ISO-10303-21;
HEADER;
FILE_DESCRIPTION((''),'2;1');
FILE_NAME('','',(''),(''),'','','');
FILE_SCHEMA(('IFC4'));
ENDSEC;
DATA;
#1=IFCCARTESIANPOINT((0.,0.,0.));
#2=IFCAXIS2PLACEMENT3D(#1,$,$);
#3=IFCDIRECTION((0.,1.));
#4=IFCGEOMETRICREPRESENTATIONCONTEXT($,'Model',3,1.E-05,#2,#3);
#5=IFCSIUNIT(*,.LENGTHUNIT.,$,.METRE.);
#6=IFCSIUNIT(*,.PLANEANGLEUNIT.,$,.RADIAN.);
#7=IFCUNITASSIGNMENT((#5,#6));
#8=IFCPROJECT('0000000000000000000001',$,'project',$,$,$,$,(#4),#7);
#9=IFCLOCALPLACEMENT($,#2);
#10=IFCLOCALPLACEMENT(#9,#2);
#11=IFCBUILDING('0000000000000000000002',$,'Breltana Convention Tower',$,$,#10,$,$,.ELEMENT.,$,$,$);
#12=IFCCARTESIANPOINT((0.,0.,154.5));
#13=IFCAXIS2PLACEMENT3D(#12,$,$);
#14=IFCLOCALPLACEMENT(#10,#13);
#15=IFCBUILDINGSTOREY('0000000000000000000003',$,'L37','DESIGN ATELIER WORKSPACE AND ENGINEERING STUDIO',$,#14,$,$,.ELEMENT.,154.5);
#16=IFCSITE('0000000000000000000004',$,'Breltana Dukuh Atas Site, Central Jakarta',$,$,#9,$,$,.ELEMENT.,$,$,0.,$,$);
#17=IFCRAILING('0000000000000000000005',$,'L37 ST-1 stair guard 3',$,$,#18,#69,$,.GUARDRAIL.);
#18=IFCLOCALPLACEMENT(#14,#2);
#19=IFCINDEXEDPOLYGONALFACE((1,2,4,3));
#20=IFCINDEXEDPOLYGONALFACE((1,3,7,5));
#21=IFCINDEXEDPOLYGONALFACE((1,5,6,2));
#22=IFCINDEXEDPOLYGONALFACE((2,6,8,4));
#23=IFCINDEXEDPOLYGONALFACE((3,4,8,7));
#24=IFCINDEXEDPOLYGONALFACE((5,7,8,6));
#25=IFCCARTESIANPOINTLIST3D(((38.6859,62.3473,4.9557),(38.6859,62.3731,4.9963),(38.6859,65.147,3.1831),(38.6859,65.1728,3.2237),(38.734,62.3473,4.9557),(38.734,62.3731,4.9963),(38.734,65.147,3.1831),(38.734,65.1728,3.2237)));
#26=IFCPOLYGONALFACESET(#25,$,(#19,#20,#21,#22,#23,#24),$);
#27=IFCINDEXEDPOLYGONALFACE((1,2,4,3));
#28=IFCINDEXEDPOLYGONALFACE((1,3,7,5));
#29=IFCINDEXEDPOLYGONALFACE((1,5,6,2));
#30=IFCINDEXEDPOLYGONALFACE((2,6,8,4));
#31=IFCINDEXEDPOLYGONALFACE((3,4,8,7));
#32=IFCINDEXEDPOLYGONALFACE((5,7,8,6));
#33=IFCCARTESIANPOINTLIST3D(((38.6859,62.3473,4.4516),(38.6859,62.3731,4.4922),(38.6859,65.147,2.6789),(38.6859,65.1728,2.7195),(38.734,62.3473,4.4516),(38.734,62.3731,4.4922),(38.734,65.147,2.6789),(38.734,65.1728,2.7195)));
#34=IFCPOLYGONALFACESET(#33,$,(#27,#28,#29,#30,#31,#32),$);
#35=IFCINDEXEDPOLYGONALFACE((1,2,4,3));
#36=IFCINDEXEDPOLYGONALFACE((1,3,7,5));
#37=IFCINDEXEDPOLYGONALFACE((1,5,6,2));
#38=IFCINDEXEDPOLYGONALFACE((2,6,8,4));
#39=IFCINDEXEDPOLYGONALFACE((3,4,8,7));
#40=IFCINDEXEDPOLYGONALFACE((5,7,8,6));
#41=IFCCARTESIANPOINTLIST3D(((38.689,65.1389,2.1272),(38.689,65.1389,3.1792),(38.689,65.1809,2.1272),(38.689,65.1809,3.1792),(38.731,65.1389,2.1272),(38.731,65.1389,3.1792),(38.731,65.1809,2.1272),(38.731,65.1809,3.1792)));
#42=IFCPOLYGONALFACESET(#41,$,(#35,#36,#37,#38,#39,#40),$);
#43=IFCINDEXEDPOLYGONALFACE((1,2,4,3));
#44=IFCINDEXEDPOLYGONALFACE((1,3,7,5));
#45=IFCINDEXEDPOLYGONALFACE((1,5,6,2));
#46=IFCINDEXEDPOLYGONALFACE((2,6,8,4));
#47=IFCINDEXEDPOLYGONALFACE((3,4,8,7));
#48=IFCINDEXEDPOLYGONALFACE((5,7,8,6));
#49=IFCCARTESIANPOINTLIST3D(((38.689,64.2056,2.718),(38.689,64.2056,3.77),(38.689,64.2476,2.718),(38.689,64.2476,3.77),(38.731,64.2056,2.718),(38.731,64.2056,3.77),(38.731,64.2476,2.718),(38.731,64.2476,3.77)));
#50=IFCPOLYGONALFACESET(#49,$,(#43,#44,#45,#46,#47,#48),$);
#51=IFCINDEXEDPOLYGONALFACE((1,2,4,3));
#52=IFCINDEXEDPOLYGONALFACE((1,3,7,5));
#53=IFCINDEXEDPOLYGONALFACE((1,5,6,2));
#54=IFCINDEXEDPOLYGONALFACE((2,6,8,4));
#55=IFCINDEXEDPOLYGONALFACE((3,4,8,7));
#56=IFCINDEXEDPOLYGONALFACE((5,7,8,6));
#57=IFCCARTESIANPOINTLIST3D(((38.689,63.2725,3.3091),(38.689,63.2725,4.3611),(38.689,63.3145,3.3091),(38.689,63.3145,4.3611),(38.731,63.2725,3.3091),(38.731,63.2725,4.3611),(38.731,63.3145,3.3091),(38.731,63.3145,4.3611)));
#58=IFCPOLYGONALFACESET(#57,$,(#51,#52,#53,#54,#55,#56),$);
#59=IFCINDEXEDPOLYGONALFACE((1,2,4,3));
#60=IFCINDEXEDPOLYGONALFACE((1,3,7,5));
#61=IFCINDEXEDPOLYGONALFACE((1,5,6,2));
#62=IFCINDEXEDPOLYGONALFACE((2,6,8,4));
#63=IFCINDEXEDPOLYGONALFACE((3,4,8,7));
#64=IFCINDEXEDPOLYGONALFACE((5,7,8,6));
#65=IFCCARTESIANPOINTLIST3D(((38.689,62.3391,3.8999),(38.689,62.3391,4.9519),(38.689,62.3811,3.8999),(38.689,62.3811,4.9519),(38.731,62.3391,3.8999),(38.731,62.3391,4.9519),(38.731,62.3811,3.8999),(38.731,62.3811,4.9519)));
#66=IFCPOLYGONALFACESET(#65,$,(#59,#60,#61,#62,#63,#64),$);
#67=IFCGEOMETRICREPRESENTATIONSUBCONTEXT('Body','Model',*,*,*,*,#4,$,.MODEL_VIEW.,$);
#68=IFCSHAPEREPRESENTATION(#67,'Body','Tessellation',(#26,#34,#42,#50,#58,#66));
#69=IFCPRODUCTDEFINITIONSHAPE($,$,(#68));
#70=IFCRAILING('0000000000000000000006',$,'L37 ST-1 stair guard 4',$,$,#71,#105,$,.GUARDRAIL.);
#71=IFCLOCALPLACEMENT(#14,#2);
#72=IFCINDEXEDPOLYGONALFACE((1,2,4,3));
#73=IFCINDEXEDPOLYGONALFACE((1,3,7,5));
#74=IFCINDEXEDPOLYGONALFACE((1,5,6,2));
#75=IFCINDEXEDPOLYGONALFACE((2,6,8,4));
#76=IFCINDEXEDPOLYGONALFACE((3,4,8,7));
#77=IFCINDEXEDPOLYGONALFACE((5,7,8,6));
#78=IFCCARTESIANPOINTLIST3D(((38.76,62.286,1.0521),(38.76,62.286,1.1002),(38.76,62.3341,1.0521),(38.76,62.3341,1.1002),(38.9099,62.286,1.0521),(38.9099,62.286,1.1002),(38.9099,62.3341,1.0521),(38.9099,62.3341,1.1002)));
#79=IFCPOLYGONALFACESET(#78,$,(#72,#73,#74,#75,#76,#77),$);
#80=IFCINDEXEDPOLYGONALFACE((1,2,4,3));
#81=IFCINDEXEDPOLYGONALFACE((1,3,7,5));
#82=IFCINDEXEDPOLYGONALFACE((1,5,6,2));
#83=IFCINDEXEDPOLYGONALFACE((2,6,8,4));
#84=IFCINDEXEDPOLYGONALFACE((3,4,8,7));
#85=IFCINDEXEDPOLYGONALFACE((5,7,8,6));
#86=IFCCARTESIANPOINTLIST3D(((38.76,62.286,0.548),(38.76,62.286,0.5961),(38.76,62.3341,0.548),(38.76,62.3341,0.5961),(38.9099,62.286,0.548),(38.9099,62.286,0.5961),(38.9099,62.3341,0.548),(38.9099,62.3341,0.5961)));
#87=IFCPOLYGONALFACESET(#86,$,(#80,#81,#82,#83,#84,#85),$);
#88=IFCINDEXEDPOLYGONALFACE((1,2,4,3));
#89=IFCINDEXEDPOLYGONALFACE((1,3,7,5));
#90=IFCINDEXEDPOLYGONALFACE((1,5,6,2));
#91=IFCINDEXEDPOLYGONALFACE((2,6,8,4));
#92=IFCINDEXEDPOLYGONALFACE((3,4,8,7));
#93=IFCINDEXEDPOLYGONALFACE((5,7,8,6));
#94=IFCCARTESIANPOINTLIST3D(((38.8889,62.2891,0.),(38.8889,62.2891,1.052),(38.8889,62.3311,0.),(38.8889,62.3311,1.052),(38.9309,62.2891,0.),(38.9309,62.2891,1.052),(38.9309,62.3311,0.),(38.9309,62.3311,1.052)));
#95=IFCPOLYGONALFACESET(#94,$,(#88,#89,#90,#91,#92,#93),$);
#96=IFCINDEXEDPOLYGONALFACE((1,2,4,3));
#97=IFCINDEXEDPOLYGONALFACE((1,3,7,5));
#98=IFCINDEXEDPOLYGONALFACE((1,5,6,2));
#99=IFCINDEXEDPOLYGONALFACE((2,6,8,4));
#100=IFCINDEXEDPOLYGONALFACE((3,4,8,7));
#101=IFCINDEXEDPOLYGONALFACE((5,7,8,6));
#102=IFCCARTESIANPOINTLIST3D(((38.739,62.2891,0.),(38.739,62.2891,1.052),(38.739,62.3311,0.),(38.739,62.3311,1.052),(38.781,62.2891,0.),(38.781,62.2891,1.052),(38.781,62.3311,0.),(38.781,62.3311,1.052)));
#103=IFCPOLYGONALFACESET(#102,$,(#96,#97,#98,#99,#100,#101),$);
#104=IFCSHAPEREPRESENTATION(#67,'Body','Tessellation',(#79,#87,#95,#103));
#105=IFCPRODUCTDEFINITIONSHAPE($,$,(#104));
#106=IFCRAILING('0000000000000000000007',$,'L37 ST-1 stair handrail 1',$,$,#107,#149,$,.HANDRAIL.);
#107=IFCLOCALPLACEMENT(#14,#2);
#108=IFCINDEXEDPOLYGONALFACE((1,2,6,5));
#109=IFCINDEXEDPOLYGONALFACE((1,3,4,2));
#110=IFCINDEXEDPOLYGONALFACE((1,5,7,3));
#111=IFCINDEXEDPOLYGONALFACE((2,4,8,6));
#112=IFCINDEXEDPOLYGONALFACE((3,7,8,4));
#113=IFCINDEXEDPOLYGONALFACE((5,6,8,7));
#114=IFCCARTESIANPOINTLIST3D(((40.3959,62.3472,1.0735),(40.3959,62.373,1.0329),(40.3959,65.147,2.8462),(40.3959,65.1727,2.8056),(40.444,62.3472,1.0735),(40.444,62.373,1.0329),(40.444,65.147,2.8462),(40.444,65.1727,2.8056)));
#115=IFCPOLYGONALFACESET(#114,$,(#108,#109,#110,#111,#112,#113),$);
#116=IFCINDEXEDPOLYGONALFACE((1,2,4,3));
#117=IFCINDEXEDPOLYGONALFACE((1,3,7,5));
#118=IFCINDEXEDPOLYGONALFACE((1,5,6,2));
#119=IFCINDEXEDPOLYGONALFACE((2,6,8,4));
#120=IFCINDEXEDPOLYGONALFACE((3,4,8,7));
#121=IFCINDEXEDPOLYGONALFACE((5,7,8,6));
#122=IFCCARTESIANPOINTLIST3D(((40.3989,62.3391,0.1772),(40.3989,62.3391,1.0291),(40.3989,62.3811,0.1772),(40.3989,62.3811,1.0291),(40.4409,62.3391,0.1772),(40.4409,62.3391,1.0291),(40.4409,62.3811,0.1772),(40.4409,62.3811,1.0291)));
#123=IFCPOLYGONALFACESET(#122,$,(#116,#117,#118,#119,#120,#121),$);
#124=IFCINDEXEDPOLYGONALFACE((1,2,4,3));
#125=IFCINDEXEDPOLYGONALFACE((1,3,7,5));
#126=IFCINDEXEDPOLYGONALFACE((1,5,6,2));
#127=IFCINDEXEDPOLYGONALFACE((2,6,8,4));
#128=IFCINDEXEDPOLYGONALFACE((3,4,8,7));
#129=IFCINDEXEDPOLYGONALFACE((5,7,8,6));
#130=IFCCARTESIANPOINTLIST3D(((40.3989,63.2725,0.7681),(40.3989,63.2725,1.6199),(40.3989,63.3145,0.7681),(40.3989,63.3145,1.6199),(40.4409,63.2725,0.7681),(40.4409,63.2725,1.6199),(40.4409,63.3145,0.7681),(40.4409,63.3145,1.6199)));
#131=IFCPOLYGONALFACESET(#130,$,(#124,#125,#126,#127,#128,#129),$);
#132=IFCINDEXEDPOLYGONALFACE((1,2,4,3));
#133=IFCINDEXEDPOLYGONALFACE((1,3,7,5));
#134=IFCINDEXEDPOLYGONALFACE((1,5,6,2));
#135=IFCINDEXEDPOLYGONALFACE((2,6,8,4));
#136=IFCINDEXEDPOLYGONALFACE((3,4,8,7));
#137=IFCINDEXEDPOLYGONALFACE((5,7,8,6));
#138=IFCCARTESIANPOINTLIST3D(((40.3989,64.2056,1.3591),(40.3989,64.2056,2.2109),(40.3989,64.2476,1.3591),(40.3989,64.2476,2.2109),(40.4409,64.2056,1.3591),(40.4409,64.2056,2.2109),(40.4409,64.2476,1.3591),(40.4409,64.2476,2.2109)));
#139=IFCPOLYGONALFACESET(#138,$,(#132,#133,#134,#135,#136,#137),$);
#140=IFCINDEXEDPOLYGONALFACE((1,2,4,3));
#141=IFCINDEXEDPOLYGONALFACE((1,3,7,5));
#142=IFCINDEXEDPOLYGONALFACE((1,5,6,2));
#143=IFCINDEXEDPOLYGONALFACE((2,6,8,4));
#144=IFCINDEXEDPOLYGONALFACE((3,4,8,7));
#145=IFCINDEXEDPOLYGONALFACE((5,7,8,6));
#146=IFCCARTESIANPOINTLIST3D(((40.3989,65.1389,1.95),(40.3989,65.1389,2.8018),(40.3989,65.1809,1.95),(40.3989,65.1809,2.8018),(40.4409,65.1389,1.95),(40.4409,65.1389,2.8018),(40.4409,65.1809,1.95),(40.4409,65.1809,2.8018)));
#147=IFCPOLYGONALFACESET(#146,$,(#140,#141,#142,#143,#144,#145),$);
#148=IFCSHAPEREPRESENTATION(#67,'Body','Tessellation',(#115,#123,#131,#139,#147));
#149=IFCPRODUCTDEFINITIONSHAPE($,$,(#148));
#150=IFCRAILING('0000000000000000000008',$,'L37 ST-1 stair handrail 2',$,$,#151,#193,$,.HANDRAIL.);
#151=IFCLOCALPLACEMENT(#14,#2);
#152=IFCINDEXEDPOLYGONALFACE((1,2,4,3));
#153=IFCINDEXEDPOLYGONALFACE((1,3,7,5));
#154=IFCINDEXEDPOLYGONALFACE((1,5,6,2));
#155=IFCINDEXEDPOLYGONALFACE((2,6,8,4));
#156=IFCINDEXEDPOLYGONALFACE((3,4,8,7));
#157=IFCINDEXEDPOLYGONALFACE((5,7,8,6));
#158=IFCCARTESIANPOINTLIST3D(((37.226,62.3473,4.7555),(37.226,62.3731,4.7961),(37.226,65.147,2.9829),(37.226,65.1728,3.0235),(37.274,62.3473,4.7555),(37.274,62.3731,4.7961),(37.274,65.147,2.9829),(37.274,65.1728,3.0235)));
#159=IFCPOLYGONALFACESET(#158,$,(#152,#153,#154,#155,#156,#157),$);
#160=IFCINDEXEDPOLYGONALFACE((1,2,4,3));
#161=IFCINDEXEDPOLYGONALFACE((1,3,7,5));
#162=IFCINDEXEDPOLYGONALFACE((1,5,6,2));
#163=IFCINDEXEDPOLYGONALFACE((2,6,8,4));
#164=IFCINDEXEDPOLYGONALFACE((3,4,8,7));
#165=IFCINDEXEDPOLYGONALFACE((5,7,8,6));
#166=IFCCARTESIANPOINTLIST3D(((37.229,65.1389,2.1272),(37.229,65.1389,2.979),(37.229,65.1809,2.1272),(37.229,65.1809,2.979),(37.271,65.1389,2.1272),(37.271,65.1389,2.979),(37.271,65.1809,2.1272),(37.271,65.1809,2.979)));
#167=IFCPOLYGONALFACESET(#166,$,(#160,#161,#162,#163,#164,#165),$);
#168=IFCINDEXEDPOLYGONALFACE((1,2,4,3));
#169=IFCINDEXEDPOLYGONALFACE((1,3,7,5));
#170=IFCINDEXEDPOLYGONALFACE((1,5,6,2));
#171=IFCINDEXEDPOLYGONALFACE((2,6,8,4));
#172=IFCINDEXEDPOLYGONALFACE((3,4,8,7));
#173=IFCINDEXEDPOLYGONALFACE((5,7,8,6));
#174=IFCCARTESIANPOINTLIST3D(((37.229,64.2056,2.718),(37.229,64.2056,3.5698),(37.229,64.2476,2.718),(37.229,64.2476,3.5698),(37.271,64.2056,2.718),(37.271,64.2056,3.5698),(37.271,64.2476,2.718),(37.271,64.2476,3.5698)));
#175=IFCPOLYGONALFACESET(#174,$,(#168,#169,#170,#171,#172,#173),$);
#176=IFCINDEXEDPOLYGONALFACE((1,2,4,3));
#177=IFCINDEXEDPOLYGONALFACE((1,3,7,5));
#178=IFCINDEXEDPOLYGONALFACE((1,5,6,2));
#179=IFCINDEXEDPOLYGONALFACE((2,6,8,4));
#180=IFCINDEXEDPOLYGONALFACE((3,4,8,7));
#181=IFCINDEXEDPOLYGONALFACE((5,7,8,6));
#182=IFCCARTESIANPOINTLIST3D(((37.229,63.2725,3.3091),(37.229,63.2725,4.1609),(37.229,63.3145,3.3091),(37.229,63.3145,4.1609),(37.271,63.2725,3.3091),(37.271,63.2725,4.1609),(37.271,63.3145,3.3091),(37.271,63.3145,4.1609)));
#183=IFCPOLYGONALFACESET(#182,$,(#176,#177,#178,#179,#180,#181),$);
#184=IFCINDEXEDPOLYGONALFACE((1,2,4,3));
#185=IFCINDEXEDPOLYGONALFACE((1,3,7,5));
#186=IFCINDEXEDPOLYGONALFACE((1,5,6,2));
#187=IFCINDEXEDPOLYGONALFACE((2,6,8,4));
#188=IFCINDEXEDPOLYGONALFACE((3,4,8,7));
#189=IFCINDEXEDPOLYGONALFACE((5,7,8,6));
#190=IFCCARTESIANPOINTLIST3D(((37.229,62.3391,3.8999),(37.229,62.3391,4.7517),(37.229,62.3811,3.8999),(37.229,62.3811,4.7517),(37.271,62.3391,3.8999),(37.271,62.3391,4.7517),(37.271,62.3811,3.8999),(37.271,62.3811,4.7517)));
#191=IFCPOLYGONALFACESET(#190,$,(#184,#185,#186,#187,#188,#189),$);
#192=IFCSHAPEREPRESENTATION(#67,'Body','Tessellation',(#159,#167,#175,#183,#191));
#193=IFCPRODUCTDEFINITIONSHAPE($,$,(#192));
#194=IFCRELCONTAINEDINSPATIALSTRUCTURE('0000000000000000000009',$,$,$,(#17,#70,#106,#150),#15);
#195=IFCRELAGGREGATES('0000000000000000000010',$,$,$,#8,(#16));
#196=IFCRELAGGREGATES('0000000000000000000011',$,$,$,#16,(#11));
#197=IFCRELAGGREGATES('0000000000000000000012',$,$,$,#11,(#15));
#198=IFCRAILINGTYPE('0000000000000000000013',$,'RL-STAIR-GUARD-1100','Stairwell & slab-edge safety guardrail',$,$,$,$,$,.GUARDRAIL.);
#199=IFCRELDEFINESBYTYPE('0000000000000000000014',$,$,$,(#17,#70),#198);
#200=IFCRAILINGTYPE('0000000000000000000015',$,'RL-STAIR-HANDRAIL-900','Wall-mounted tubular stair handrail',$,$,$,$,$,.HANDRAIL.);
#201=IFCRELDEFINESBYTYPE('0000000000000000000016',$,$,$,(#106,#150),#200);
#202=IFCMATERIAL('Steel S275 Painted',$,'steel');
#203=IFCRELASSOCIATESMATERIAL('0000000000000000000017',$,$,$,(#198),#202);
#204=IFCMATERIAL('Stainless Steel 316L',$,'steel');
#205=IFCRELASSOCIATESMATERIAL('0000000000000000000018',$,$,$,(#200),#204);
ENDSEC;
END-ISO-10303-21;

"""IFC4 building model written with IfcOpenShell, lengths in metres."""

from ifc_helpers import new_model, si_unit, direction, frame, origin, origin_2d, place, context, subcontext, project, spatial, rectangle, extrude, material, type_object, element, save


model = new_model("IFC4")

# Units and contexts
model_context = context("Model", 3, precision=1e-05, world=origin(), true_north=direction((0.0, 1.0)))
body_context = subcontext(model_context, "Body", "Model", "MODEL_VIEW")
ifc_project = project(units=[si_unit("LENGTHUNIT", "METRE"), si_unit("PLANEANGLEUNIT", "RADIAN")], contexts=[model_context])

# Site, building, storey
site_placement = place(None, origin())
site = spatial("IfcSite", under=ifc_project, at=site_placement, Name="Breltana Dukuh Atas Site, Central Jakarta", CompositionType="ELEMENT", RefElevation=0.0)
building_placement = place(site_placement, origin())
building = spatial("IfcBuilding", under=site, at=building_placement, Name="Breltana Convention Tower", CompositionType="ELEMENT")
storey_placement = place(building_placement, frame((0.0, 0.0, 154.5)))
storey = spatial("IfcBuildingStorey", under=building, at=storey_placement, Name="L37", Description="DESIGN ATELIER WORKSPACE AND ENGINEERING STUDIO", CompositionType="ELEMENT", Elevation=154.5)

# Railings
ifc_material_1 = material(Name="Steel S275 Painted", Category="steel")
railing_type_1 = type_object("IfcRailingType", Name="RL-STAIR-GUARD-1100", Description="Stairwell & slab-edge safety guardrail", PredefinedType="GUARDRAIL", material=ifc_material_1)
railing_1_placement = place(storey_placement, frame((38.71, 65.1599, 2.1272)))
element("IfcRailing", 1, at=railing_1_placement, inside=storey, type_object=railing_type_1, Name="L37 ST-1 stair guard 3", PredefinedType="GUARDRAIL", context=body_context, shape_type="SweptSolid", body=[
    extrude(rectangle(XDim=0.0481, YDim=0.0481, at=origin_2d()), frame((0.0, 0.0, 1.0762), z_axis=(0.0, -0.844888, 0.534943), x_axis=(1.0, 0.0, 0.0)), (0.0, 0.0, 1.0), 3.3137),
    extrude(rectangle(XDim=0.0481, YDim=0.0481, at=origin_2d()), frame((0.0, 0.0, 0.572), z_axis=(0.0, -0.844888, 0.534943), x_axis=(1.0, 0.0, 0.0)), (0.0, 0.0, 1.0), 3.3137),
    extrude(rectangle(XDim=0.042, YDim=0.042, at=origin_2d()), origin(), (0.0, 0.0, 1.0), 1.052),
    extrude(rectangle(XDim=0.042, YDim=0.042, at=origin_2d()), frame((0.0, -0.9333, 0.5908)), (0.0, 0.0, 1.0), 1.052),
    extrude(rectangle(XDim=0.042, YDim=0.042, at=origin_2d()), frame((0.0, -1.8665, 1.1819)), (0.0, 0.0, 1.0), 1.052),
    extrude(rectangle(XDim=0.042, YDim=0.042, at=origin_2d()), frame((0.0, -2.7998, 1.7727)), (0.0, 0.0, 1.0), 1.052),
])
railing_2_placement = place(storey_placement, frame((38.9099, 62.3101, 0.0)))
element("IfcRailing", 2, at=railing_2_placement, inside=storey, type_object=railing_type_1, Name="L37 ST-1 stair guard 4", PredefinedType="GUARDRAIL", context=body_context, shape_type="SweptSolid", body=[
    extrude(rectangle(XDim=0.0481, YDim=0.0481, at=origin_2d()), frame((0.0, 0.0, 1.0762), z_axis=(-1.0, 0.0, 0.0), x_axis=(0.0, -1.0, 0.0)), (0.0, 0.0, 1.0), 0.1499),
    extrude(rectangle(XDim=0.0481, YDim=0.0481, at=origin_2d()), frame((0.0, 0.0, 0.572), z_axis=(-1.0, 0.0, 0.0), x_axis=(0.0, -1.0, 0.0)), (0.0, 0.0, 1.0), 0.1499),
    extrude(rectangle(XDim=0.042, YDim=0.042, at=origin_2d()), origin(), (0.0, 0.0, 1.0), 1.052),
    extrude(rectangle(XDim=0.042, YDim=0.042, at=origin_2d()), frame((-0.1499, 0.0, 0.0)), (0.0, 0.0, 1.0), 1.052),
])
ifc_material_2 = material(Name="Stainless Steel 316L", Category="steel")
railing_type_2 = type_object("IfcRailingType", Name="RL-STAIR-HANDRAIL-900", Description="Wall-mounted tubular stair handrail", PredefinedType="HANDRAIL", material=ifc_material_2)
railing_3_placement = place(storey_placement, frame((40.4199, 62.3601, 0.1772)))
element("IfcRailing", 3, at=railing_3_placement, inside=storey, type_object=railing_type_2, Name="L37 ST-1 stair handrail 1", PredefinedType="HANDRAIL", context=body_context, shape_type="SweptSolid", body=[
    extrude(rectangle(XDim=0.0481, YDim=0.0481, at=origin_2d()), frame((0.0, 0.0, 0.876), z_axis=(0.0, 0.844888, 0.534943), x_axis=(-1.0, 0.0, 0.0)), (0.0, 0.0, 1.0), 3.3137),
    extrude(rectangle(XDim=0.042, YDim=0.042, at=origin_2d()), origin(), (0.0, 0.0, 1.0), 0.8518),
    extrude(rectangle(XDim=0.042, YDim=0.042, at=origin_2d()), frame((0.0, 0.9333, 0.5908)), (0.0, 0.0, 1.0), 0.8518),
    extrude(rectangle(XDim=0.042, YDim=0.042, at=origin_2d()), frame((0.0, 1.8665, 1.1819)), (0.0, 0.0, 1.0), 0.8518),
    extrude(rectangle(XDim=0.042, YDim=0.042, at=origin_2d()), frame((0.0, 2.7998, 1.7727)), (0.0, 0.0, 1.0), 0.8518),
])
railing_4_placement = place(storey_placement, frame((37.25, 65.1599, 2.1272)))
element("IfcRailing", 4, at=railing_4_placement, inside=storey, type_object=railing_type_2, Name="L37 ST-1 stair handrail 2", PredefinedType="HANDRAIL", context=body_context, shape_type="SweptSolid", body=[
    extrude(rectangle(XDim=0.0481, YDim=0.0481, at=origin_2d()), frame((0.0, 0.0, 0.876), z_axis=(0.0, -0.844888, 0.534943), x_axis=(1.0, 0.0, 0.0)), (0.0, 0.0, 1.0), 3.3137),
    extrude(rectangle(XDim=0.042, YDim=0.042, at=origin_2d()), origin(), (0.0, 0.0, 1.0), 0.8518),
    extrude(rectangle(XDim=0.042, YDim=0.042, at=origin_2d()), frame((0.0, -0.9333, 0.5908)), (0.0, 0.0, 1.0), 0.8518),
    extrude(rectangle(XDim=0.042, YDim=0.042, at=origin_2d()), frame((0.0, -1.8665, 1.1819)), (0.0, 0.0, 1.0), 0.8518),
    extrude(rectangle(XDim=0.042, YDim=0.042, at=origin_2d()), frame((0.0, -2.7998, 1.7727)), (0.0, 0.0, 1.0), 0.8518),
])

save(model, "model.ifc")
